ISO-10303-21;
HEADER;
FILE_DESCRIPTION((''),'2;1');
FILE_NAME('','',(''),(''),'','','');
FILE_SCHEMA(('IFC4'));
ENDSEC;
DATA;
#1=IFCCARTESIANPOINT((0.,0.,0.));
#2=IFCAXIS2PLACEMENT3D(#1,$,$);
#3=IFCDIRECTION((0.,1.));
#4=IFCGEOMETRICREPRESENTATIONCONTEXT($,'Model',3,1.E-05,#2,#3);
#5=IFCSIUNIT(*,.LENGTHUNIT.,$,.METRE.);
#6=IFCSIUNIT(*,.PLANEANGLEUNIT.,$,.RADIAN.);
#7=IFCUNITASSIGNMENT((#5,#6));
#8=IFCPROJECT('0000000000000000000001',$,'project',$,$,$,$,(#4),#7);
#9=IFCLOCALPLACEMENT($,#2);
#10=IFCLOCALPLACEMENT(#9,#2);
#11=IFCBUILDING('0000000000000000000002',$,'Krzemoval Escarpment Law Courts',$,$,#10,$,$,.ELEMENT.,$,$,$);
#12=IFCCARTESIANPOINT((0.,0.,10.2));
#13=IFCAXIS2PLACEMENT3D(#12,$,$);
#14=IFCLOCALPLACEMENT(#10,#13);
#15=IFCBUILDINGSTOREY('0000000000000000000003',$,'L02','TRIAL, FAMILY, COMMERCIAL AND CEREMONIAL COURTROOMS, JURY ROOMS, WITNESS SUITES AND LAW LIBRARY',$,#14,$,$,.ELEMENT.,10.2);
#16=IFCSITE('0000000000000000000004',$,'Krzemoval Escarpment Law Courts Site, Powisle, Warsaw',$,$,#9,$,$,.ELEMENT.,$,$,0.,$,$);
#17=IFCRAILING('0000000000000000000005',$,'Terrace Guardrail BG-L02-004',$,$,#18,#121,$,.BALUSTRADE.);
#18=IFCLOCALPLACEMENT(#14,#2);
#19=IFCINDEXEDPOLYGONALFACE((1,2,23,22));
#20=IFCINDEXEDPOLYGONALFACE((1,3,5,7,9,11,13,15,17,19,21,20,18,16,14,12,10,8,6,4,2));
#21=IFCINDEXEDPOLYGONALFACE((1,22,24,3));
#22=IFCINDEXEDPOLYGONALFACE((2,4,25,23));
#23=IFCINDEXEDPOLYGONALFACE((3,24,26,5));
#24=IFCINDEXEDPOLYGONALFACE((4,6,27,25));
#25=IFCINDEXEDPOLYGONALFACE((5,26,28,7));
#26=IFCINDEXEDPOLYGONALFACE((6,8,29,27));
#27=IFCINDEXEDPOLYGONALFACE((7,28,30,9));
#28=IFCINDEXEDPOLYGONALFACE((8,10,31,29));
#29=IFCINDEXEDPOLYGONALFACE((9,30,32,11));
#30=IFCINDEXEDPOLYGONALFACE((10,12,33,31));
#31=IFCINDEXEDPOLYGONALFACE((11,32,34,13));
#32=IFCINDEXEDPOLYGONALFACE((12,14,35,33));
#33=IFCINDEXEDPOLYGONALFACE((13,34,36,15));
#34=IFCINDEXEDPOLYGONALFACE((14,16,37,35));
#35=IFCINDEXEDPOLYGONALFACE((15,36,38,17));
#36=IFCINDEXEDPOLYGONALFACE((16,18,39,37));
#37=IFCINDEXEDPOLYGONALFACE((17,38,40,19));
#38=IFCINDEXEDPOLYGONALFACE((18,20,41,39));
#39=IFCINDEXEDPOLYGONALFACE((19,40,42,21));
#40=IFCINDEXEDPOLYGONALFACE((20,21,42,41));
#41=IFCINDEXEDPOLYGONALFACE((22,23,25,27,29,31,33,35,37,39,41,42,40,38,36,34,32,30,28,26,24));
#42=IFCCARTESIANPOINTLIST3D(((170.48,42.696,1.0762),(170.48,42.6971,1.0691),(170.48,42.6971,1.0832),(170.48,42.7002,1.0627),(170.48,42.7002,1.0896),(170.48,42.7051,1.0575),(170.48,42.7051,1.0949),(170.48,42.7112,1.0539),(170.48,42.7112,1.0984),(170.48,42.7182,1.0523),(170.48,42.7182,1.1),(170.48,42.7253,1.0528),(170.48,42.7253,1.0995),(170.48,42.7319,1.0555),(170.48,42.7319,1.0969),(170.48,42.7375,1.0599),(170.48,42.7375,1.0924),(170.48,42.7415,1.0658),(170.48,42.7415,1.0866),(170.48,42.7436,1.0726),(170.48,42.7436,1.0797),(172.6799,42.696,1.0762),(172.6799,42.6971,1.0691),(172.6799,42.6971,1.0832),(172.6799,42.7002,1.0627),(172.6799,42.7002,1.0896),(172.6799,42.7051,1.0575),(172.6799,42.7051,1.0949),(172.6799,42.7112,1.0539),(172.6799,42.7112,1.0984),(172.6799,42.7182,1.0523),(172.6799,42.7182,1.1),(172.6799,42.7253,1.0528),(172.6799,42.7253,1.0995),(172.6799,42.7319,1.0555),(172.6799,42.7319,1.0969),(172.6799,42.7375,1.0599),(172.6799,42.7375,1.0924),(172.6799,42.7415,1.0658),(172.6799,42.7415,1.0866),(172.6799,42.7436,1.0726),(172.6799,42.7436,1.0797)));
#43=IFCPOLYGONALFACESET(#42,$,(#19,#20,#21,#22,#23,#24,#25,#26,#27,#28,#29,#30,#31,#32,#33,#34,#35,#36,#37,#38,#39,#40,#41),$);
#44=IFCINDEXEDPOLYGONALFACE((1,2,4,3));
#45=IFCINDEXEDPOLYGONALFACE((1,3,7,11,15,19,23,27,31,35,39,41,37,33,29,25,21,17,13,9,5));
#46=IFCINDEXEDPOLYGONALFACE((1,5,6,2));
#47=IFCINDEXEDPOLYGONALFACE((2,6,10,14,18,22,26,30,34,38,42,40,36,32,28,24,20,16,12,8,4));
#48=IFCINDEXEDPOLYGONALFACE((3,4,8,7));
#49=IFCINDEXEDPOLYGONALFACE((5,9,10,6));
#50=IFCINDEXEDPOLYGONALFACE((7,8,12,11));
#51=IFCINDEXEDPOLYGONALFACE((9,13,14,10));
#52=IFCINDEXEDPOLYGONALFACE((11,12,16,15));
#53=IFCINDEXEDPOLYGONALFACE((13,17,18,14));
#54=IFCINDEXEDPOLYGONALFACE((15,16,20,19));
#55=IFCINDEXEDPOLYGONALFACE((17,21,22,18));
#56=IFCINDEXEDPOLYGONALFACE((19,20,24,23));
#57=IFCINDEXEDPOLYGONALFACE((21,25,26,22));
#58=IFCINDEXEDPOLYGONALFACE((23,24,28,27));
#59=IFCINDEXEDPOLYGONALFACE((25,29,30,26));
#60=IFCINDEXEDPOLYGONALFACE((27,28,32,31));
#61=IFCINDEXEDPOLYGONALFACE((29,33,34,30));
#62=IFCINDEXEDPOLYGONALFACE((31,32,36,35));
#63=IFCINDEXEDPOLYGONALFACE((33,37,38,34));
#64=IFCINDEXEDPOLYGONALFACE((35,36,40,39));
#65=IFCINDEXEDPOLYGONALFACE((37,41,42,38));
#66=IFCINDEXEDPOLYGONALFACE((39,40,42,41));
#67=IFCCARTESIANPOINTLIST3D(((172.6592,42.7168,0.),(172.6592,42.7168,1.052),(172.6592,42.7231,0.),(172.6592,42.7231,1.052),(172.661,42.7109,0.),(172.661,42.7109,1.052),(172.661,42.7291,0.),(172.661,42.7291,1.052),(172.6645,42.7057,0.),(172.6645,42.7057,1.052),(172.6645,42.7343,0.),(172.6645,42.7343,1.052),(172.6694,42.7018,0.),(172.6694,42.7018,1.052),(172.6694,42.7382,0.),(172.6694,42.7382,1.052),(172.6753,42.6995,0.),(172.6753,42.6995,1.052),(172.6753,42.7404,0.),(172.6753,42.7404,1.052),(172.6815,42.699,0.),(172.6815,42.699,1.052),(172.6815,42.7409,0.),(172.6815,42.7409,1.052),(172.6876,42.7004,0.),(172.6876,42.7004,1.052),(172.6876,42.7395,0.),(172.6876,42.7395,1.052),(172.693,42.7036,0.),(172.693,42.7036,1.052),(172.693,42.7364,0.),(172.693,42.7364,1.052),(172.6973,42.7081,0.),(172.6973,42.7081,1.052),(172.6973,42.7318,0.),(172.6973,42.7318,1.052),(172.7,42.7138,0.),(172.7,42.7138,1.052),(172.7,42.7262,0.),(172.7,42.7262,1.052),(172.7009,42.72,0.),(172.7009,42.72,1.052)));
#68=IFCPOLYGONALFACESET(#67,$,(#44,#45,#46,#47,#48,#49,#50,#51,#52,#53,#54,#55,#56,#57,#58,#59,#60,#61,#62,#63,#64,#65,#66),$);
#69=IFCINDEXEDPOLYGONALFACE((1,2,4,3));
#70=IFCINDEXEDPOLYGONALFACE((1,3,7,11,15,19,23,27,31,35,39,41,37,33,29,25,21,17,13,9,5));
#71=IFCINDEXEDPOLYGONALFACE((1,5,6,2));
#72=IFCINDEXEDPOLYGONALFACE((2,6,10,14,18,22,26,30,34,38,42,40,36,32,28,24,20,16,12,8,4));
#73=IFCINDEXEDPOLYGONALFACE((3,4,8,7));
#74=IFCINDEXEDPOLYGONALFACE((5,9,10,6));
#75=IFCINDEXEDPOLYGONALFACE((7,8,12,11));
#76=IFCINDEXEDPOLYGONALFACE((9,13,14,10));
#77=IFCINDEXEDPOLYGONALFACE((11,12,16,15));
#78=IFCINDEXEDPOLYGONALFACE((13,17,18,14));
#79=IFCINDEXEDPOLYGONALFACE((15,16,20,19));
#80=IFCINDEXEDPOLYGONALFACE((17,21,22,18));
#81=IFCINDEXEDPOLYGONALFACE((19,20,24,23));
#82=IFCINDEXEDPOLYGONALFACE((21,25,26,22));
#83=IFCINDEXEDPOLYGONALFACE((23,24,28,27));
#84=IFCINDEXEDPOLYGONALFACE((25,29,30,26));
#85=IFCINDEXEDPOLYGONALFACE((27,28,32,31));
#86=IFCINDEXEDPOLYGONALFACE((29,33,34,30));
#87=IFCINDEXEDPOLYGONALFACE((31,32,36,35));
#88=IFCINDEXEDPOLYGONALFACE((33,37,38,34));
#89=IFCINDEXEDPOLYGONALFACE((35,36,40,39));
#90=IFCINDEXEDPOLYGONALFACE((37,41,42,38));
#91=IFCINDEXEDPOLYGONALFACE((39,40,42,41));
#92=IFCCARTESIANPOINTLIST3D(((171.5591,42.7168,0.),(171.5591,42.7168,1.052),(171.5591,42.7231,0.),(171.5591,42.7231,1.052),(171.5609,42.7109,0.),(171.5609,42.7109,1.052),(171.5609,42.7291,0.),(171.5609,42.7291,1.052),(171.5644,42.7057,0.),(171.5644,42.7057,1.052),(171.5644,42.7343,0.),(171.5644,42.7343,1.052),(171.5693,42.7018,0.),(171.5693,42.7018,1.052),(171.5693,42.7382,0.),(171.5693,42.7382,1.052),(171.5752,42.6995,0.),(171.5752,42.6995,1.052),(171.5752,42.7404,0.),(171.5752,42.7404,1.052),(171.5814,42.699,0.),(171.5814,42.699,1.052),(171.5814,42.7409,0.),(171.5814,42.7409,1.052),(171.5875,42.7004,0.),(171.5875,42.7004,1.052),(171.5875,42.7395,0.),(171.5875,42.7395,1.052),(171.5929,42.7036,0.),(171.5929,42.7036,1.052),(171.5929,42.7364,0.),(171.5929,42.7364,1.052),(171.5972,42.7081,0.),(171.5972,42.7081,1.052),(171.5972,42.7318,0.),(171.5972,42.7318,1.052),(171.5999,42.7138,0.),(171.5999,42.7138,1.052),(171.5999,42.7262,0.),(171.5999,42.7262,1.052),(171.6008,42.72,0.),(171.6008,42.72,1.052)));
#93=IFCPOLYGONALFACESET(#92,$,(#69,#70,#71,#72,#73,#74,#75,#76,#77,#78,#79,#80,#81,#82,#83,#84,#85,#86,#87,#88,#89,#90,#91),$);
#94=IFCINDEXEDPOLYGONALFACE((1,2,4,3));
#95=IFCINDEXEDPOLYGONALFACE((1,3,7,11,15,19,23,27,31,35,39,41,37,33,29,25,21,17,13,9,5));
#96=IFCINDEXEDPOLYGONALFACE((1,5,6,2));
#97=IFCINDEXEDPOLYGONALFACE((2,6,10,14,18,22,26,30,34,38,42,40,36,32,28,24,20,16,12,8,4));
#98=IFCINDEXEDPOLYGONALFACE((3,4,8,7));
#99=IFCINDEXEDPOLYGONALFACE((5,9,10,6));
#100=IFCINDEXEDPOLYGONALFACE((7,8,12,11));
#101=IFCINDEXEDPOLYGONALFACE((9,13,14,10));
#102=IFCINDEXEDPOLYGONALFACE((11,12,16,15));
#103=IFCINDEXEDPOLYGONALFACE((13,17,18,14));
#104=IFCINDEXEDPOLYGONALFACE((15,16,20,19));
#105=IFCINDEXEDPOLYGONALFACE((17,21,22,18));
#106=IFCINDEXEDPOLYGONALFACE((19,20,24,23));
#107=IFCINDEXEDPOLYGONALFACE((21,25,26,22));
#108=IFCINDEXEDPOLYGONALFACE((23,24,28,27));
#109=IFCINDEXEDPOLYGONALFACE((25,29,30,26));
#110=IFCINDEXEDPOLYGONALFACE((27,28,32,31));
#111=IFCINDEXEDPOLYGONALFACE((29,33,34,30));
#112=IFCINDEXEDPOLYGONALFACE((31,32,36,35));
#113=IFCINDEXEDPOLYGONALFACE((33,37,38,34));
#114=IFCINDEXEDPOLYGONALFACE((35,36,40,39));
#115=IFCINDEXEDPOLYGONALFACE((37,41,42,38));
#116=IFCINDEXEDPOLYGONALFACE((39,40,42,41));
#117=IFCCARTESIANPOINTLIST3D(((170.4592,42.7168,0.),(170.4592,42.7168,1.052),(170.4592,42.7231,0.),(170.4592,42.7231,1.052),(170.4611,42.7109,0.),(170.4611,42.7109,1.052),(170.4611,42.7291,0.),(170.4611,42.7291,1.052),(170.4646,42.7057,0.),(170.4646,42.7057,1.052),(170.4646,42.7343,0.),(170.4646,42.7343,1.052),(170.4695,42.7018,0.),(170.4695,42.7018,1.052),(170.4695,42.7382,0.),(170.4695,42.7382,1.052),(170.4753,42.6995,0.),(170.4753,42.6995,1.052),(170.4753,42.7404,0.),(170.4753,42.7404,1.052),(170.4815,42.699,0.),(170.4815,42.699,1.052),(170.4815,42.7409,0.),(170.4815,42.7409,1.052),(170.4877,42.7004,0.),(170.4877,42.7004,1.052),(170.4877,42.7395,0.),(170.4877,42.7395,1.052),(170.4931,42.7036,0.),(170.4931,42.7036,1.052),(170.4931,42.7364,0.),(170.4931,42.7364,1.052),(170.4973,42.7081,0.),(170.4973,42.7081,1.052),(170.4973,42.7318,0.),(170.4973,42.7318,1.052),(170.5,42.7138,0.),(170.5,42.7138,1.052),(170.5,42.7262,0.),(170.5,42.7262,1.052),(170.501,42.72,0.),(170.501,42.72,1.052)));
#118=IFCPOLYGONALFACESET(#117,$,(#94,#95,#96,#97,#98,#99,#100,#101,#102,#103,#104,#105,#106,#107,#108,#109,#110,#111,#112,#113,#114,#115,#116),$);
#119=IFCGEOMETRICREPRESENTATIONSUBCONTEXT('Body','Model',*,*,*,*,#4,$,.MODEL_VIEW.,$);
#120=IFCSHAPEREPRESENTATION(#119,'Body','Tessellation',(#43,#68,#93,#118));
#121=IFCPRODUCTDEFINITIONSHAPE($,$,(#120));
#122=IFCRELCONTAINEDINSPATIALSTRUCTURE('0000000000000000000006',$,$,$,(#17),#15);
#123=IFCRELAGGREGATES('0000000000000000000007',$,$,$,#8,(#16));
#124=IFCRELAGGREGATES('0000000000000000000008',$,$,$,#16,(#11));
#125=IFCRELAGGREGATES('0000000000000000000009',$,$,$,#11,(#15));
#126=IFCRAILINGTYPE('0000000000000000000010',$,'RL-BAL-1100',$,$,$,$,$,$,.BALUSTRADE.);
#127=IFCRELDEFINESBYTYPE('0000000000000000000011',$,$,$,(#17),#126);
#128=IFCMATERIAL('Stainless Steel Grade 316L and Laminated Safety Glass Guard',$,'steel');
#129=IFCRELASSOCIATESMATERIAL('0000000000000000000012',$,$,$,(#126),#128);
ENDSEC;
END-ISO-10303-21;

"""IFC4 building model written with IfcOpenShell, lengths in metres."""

from ifc_helpers import new_model, si_unit, direction, frame, origin, origin_2d, place, context, subcontext, project, spatial, circle, extrude, material, type_object, element, save


model = new_model("IFC4")

# Units and contexts
model_context = context("Model", 3, precision=1e-05, world=origin(), true_north=direction((0.0, 1.0)))
body_context = subcontext(model_context, "Body", "Model", "MODEL_VIEW")
ifc_project = project(units=[si_unit("LENGTHUNIT", "METRE"), si_unit("PLANEANGLEUNIT", "RADIAN")], contexts=[model_context])

# Site, building, storey
site_placement = place(None, origin())
site = spatial("IfcSite", under=ifc_project, at=site_placement, Name="Krzemoval Escarpment Law Courts Site, Powisle, Warsaw", CompositionType="ELEMENT", RefElevation=0.0)
building_placement = place(site_placement, origin())
building = spatial("IfcBuilding", under=site, at=building_placement, Name="Krzemoval Escarpment Law Courts", CompositionType="ELEMENT")
storey_placement = place(building_placement, frame((0.0, 0.0, 10.2)))
storey = spatial("IfcBuildingStorey", under=building, at=storey_placement, Name="L02", Description="TRIAL, FAMILY, COMMERCIAL AND CEREMONIAL COURTROOMS, JURY ROOMS, WITNESS SUITES AND LAW LIBRARY", CompositionType="ELEMENT", Elevation=10.2)

# Railing
ifc_material_1 = material(Name="Stainless Steel Grade 316L and Laminated Safety Glass Guard", Category="steel")
railing_type = type_object("IfcRailingType", Name="RL-BAL-1100", PredefinedType="BALUSTRADE", material=ifc_material_1)
railing_1_placement = place(storey_placement, frame((172.6799, 42.72, 0.0)))
element("IfcRailing", 1, at=railing_1_placement, inside=storey, type_object=railing_type, Name="Terrace Guardrail BG-L02-004", PredefinedType="BALUSTRADE", context=body_context, shape_type="SweptSolid", body=[
    extrude(circle(Radius=0.0239, at=origin_2d()), frame((0.0, 0.0, 1.0762), z_axis=(-1.0, 0.0, 0.0), x_axis=(0.0, -1.0, 0.0)), (0.0, 0.0, 1.0), 2.2),
    extrude(circle(Radius=0.021, at=origin_2d()), origin(), (0.0, 0.0, 1.0), 1.052),
    extrude(circle(Radius=0.021, at=origin_2d()), frame((-1.1001, 0.0, 0.0)), (0.0, 0.0, 1.0), 1.052),
    extrude(circle(Radius=0.021, at=origin_2d()), frame((-2.2, 0.0, 0.0)), (0.0, 0.0, 1.0), 1.052),
])

save(model, "model.ifc")
